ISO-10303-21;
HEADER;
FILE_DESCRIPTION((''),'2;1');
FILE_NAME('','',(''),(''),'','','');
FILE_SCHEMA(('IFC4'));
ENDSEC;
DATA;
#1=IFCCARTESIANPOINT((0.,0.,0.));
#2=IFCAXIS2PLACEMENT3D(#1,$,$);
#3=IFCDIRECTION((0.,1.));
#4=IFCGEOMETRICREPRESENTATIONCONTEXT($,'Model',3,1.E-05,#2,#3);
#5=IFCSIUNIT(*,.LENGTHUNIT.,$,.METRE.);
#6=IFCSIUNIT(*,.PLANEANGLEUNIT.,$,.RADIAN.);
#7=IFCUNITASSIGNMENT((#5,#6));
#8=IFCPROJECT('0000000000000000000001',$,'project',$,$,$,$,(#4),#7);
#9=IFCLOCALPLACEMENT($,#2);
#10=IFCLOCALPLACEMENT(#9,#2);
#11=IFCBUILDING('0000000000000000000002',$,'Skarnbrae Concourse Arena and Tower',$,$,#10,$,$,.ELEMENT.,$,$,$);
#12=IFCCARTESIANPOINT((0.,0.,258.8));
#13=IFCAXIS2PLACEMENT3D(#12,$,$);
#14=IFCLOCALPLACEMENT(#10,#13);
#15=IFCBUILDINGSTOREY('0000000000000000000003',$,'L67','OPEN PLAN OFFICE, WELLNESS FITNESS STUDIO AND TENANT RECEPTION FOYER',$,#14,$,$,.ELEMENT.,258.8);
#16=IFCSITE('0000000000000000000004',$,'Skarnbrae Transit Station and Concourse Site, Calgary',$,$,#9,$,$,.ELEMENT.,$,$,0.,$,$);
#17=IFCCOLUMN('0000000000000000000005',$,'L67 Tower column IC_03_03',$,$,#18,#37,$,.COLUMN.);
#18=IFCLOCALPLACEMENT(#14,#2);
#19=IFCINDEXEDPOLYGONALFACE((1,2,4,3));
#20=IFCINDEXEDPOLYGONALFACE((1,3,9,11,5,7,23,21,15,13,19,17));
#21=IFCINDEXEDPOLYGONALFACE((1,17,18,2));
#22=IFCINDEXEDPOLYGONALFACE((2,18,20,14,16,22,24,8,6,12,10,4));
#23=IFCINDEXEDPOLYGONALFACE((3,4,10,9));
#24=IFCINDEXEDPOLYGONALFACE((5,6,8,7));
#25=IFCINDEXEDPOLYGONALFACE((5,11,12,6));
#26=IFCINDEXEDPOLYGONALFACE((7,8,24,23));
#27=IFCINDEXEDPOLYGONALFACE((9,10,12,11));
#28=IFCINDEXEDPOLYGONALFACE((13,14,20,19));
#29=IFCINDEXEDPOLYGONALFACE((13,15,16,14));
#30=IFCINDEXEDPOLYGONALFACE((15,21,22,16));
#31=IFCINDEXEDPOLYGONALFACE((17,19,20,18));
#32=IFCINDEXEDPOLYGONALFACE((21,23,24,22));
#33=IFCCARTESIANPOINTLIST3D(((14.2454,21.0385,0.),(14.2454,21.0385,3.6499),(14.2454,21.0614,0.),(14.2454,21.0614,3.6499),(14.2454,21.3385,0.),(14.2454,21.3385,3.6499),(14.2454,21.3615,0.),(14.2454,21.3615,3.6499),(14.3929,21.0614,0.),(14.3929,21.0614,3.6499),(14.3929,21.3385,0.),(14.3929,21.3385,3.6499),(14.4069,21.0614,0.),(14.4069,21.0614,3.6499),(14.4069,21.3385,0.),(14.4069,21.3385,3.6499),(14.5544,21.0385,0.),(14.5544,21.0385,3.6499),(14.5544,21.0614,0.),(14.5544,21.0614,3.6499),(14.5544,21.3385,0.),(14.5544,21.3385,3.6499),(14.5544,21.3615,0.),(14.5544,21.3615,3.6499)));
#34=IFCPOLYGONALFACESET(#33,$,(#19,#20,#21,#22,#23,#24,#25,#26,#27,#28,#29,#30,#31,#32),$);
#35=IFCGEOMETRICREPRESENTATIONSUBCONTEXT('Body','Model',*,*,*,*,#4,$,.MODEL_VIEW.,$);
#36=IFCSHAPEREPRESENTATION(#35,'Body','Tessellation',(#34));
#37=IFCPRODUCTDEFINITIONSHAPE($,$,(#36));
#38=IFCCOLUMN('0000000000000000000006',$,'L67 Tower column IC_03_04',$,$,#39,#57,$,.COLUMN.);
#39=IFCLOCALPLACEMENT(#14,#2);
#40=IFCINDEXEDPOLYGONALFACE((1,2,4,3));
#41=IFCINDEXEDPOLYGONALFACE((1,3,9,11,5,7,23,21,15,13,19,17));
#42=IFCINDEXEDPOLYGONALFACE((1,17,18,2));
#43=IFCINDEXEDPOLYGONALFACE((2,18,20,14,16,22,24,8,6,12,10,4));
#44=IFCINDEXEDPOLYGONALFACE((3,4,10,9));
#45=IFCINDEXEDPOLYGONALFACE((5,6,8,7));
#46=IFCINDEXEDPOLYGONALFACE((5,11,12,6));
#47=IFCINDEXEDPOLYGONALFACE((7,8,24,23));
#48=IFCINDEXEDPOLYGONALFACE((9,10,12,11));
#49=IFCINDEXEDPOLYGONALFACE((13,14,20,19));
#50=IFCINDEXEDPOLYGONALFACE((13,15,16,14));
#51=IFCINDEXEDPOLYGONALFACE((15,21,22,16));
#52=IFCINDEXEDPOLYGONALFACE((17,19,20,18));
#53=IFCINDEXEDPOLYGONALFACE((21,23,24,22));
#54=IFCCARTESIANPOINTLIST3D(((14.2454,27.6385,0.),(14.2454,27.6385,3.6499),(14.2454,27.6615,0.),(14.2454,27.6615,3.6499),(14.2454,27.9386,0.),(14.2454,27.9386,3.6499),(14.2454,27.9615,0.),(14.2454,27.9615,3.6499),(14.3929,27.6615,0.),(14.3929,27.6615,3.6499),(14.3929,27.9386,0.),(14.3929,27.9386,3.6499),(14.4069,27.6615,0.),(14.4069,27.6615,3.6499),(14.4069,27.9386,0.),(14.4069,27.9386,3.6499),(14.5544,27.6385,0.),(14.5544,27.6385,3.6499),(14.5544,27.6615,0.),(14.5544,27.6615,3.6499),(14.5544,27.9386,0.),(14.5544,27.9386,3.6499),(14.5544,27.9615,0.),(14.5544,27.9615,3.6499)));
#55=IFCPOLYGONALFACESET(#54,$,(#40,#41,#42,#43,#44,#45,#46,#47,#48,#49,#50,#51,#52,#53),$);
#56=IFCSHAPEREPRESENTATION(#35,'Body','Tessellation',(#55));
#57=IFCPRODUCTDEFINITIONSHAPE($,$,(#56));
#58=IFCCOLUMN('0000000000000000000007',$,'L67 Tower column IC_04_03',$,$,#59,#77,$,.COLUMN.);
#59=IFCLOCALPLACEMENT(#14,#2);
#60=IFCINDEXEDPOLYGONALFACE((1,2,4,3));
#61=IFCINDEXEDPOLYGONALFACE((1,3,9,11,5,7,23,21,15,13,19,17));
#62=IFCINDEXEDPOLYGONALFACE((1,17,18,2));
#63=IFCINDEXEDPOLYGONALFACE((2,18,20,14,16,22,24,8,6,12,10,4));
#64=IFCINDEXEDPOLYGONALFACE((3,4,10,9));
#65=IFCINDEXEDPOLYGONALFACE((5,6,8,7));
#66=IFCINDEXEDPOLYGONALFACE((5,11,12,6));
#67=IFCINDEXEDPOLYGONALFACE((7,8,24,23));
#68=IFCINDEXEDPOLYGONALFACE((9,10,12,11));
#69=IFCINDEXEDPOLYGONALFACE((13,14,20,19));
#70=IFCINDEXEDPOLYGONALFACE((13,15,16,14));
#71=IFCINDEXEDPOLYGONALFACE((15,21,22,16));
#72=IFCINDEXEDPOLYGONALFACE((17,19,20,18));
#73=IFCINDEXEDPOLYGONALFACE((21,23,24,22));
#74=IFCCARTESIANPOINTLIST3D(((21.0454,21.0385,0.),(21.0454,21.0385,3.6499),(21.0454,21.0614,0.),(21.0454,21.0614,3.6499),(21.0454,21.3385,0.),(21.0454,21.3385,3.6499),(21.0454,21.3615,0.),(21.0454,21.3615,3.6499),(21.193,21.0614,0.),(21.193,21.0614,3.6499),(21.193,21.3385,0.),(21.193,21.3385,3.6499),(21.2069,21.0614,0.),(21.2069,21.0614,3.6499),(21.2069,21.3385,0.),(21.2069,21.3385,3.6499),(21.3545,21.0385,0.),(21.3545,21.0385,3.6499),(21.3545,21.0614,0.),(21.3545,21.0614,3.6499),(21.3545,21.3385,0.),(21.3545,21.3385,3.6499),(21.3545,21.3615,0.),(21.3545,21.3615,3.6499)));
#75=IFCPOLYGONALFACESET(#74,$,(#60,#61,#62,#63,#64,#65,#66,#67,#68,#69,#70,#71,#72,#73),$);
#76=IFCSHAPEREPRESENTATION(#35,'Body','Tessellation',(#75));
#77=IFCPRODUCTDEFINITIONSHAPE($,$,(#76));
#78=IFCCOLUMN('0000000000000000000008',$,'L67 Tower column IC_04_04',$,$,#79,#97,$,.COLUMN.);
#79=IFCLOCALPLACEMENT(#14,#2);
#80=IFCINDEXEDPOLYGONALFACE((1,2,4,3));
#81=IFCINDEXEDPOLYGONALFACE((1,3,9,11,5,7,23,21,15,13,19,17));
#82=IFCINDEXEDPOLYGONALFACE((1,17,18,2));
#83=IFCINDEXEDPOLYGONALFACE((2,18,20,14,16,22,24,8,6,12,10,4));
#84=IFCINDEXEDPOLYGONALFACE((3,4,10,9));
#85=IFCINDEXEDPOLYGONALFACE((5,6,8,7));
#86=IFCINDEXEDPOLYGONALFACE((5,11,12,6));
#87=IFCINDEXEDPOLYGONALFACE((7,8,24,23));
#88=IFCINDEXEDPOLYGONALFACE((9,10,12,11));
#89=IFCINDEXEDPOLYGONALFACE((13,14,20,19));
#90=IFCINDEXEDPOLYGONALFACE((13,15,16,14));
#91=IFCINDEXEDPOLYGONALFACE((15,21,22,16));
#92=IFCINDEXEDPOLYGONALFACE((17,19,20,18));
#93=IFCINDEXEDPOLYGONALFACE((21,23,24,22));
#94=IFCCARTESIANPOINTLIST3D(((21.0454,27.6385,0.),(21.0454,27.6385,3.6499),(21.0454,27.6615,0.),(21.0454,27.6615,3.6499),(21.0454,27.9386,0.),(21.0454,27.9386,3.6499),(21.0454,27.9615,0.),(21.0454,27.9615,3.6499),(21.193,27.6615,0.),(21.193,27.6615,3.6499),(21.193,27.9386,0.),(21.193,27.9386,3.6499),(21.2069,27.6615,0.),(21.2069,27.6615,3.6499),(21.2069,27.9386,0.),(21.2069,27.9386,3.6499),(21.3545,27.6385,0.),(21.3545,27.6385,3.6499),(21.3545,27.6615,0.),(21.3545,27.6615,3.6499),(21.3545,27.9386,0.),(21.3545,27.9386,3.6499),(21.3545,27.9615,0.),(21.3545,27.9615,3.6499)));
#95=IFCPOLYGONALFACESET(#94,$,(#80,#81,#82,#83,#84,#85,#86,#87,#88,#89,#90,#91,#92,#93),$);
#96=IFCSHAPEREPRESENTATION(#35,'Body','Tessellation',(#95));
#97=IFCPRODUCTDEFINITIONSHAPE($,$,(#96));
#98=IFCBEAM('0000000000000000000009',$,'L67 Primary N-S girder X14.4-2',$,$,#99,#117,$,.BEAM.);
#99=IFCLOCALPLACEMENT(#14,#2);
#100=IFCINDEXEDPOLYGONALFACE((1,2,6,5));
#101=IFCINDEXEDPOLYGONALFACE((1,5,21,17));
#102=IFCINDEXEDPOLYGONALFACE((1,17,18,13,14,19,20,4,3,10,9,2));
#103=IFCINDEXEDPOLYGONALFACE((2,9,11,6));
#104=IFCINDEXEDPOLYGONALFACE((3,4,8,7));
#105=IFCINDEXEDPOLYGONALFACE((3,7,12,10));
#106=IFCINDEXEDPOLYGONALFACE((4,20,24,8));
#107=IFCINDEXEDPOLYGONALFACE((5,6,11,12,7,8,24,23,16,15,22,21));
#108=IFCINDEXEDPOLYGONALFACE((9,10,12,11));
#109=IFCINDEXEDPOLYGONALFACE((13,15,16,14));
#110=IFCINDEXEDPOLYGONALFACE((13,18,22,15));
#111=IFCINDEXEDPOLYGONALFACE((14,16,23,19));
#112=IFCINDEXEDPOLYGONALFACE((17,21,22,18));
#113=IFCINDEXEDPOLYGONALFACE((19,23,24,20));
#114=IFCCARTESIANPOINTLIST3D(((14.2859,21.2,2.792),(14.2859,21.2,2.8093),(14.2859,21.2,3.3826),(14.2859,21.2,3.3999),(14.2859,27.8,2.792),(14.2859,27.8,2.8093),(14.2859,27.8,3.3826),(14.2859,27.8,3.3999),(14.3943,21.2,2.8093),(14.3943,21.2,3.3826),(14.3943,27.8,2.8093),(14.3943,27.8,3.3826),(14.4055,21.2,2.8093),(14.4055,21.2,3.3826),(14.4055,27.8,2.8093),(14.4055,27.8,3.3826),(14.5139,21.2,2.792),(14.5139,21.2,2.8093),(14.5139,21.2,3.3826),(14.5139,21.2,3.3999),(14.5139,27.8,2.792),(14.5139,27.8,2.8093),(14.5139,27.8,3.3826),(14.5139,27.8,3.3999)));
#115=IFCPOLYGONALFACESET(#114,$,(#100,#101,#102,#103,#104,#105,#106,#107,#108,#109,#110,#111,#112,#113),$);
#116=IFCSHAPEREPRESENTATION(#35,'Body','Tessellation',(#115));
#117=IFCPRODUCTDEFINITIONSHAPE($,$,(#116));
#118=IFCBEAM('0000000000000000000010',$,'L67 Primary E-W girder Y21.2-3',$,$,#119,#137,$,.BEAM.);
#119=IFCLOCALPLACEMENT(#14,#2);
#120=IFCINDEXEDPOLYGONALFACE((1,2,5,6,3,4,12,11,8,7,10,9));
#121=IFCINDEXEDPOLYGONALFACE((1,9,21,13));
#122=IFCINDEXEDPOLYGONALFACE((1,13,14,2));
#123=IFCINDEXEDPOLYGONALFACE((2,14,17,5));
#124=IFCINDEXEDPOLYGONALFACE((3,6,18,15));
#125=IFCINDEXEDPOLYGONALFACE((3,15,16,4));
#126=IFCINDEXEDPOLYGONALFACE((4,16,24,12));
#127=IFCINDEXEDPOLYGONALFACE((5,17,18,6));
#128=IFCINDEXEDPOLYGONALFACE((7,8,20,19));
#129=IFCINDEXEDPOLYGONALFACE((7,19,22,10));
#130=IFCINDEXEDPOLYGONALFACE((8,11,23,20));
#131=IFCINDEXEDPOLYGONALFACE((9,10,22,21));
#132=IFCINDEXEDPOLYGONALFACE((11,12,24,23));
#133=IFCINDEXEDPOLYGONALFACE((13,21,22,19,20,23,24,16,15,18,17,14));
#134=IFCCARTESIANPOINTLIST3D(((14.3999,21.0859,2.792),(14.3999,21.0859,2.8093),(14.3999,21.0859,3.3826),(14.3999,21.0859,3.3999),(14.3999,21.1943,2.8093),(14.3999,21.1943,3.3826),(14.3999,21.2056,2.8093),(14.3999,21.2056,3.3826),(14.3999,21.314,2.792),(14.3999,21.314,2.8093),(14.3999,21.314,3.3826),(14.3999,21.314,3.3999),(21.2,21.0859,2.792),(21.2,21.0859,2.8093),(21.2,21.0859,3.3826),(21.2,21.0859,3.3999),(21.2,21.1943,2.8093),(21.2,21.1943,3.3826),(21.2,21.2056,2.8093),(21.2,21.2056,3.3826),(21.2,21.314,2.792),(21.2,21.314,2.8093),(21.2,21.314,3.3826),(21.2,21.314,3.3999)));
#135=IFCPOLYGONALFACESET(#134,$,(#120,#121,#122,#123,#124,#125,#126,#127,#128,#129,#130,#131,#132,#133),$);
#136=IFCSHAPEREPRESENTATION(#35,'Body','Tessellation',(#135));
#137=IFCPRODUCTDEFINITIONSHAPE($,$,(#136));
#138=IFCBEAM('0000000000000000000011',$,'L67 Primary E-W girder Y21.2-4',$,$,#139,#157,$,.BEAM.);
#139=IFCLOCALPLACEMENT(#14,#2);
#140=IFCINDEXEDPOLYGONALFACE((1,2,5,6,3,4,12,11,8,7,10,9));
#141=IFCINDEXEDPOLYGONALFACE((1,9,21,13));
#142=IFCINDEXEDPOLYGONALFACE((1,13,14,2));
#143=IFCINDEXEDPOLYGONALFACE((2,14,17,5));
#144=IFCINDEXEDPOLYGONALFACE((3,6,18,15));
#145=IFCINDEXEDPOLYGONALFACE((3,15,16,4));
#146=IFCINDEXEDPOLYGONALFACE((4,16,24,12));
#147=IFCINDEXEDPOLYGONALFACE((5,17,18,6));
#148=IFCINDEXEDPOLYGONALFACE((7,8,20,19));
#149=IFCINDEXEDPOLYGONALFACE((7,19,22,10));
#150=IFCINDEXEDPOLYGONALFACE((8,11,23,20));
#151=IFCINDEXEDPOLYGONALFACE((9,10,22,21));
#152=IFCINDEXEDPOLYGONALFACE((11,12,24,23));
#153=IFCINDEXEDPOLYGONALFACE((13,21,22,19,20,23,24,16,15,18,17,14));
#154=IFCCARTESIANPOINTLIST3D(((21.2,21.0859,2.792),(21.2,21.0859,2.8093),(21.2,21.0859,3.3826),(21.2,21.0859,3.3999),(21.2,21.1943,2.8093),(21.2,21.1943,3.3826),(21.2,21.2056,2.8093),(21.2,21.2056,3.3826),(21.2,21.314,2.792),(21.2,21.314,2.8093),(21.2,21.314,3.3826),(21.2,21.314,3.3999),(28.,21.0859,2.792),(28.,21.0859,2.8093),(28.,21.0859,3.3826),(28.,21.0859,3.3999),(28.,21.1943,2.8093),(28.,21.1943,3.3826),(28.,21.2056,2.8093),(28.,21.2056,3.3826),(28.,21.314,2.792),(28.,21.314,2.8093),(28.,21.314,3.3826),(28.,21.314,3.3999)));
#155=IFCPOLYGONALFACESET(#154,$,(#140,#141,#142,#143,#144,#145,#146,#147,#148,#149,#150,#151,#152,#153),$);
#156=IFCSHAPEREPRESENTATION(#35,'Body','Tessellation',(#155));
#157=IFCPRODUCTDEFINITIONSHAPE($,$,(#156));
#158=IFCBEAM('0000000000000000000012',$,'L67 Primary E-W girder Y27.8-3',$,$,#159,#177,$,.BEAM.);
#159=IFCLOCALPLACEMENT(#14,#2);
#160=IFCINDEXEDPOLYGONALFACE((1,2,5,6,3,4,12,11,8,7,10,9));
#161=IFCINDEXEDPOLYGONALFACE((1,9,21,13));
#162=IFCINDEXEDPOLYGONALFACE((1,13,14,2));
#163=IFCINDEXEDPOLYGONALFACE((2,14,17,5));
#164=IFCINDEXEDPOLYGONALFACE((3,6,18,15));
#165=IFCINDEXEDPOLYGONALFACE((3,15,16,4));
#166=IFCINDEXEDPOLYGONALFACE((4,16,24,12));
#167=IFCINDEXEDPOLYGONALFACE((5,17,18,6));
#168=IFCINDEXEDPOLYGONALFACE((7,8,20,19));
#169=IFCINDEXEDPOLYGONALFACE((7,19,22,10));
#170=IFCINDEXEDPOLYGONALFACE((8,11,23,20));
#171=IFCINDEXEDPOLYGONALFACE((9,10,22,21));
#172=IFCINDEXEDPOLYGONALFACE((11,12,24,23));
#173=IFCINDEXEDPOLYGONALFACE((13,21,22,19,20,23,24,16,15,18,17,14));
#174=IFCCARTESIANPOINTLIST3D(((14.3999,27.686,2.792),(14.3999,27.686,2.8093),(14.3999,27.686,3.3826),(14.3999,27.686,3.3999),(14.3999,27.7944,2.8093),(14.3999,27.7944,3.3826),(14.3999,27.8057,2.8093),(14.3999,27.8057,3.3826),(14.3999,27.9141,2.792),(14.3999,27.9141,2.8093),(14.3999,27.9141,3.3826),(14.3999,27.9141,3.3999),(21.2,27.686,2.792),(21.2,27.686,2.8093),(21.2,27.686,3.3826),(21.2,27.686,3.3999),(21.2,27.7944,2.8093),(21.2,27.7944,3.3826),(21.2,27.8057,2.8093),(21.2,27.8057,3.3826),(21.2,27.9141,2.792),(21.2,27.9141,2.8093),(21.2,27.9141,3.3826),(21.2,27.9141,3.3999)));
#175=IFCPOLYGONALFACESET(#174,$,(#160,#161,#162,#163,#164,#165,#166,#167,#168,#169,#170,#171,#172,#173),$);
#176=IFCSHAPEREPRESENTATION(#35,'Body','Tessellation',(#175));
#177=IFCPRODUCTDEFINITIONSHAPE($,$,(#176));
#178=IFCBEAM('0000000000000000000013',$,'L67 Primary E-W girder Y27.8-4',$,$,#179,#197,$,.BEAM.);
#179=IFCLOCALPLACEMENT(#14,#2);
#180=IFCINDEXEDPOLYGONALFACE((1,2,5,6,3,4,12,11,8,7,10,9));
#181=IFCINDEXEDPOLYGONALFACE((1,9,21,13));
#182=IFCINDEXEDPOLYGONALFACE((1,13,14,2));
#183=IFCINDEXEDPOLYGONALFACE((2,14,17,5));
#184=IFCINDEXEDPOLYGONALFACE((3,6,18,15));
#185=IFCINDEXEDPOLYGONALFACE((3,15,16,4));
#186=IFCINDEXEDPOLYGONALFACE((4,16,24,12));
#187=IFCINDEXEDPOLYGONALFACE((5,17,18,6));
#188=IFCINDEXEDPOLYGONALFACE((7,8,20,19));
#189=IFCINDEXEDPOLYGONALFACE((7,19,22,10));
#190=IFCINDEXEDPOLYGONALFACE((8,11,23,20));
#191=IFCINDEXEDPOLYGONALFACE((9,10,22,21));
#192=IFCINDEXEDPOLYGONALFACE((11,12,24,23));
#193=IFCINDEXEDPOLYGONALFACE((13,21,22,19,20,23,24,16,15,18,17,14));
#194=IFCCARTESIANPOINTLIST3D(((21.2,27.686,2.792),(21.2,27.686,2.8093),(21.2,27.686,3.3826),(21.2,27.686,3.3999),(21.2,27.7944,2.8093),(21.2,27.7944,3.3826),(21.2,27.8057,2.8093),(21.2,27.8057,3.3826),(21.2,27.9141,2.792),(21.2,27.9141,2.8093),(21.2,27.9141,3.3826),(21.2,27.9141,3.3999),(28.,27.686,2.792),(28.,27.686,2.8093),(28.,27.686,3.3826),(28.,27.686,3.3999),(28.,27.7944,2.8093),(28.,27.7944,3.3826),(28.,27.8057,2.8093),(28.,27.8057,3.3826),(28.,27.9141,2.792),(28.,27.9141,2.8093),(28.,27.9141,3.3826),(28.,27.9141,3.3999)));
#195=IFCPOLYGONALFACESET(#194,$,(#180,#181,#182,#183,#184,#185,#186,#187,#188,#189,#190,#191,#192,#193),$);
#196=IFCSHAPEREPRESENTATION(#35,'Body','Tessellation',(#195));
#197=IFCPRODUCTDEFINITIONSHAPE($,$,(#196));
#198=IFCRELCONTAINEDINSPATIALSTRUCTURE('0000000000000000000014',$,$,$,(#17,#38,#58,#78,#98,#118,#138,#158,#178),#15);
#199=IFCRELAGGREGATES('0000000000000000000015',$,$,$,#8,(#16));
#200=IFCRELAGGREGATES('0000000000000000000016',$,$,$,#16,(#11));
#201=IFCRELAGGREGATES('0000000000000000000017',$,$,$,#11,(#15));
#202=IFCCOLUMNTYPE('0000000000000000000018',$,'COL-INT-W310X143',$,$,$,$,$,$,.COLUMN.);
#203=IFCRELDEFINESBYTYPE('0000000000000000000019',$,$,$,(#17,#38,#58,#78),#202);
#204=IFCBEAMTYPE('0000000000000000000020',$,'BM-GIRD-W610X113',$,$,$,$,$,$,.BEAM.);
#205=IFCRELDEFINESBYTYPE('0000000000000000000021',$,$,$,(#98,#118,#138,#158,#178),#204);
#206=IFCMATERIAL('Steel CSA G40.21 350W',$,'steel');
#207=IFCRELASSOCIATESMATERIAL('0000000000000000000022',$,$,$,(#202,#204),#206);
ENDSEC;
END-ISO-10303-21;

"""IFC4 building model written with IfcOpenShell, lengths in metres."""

from ifc_helpers import new_model, si_unit, direction, frame, origin, origin_2d, place, context, subcontext, project, spatial, i_section, extrude, source, transform, mapped, material, material_profile, profile_set, type_object, element, save


model = new_model("IFC4")

# Units and contexts
model_context = context("Model", 3, precision=1e-05, world=origin(), true_north=direction((0.0, 1.0)))
body_context = subcontext(model_context, "Body", "Model", "MODEL_VIEW")
ifc_project = project(units=[si_unit("LENGTHUNIT", "METRE"), si_unit("PLANEANGLEUNIT", "RADIAN")], contexts=[model_context])

# Site, building, storey
site_placement = place(None, origin())
site = spatial("IfcSite", under=ifc_project, at=site_placement, Name="Skarnbrae Transit Station and Concourse Site, Calgary", CompositionType="ELEMENT", RefElevation=0.0)
building_placement = place(site_placement, origin())
building = spatial("IfcBuilding", under=site, at=building_placement, Name="Skarnbrae Concourse Arena and Tower", CompositionType="ELEMENT")
storey_placement = place(building_placement, frame((0.0, 0.0, 258.8)))
storey = spatial("IfcBuildingStorey", under=building, at=storey_placement, Name="L67", Description="OPEN PLAN OFFICE, WELLNESS FITNESS STUDIO AND TENANT RECEPTION FOYER", CompositionType="ELEMENT", Elevation=258.8)

# Columns
ifc_material_1 = material(Name="Steel CSA G40.21 350W", Category="steel")
ifc_material_profile_1 = material_profile(ifc_material_1, i_section(OverallWidth=0.3091, OverallDepth=0.323, WebThickness=0.0139, FlangeThickness=0.0229, at=origin_2d()), Name="W310X143")
ifc_profile_set_1 = profile_set([ifc_material_profile_1], Name="Steel CSA G40.21 350W")
column_type = type_object("IfcColumnType", Name="COL-INT-W310X143", PredefinedType="COLUMN", material=ifc_profile_set_1)
shared_shape_1 = source(origin(), body_context, "Body", "SweptSolid", [
    extrude(i_section(OverallWidth=0.3091, OverallDepth=0.323, WebThickness=0.0139, FlangeThickness=0.0229, at=origin_2d()), origin(), (0.0, 0.0, 1.0), 3.6499),
])
for number, where, z_axis, x_axis, name in (
    (1, (14.3999, 21.2, 0.0), (0.0, 0.0, 1.0), (1.0, 0.0, 0.0), "L67 Tower column IC_03_03"),
    (2, (14.3999, 27.8, 0.0), (0.0, 0.0, 1.0), (1.0, 0.0, 0.0), "L67 Tower column IC_03_04"),
    (3, (21.2, 21.2, 0.0), (0.0, 0.0, 1.0), (1.0, 0.0, 0.0), "L67 Tower column IC_04_03"),
    (4, (21.2, 27.8, 0.0), (0.0, 0.0, 1.0), (1.0, 0.0, 0.0), "L67 Tower column IC_04_04"),
):
    element("IfcColumn", number, at=place(storey_placement, frame(where, z_axis=z_axis, x_axis=x_axis)), inside=storey, type_object=column_type, Name=name, PredefinedType="COLUMN", context=body_context, shape_type="MappedRepresentation", body=[
        mapped(shared_shape_1, transform((0.0, 0.0, 0.0))),
    ])

# Beams
ifc_material_profile_2 = material_profile(ifc_material_1, i_section(OverallWidth=0.228, OverallDepth=0.6079, WebThickness=0.0112, FlangeThickness=0.0173, at=origin_2d()), Name="W610X113")
ifc_profile_set_2 = profile_set([ifc_material_profile_2], Name="Steel CSA G40.21 350W")
beam_type_1 = type_object("IfcBeamType", Name="BM-GIRD-W610X113", PredefinedType="BEAM", material=ifc_profile_set_2)
shared_shape_2 = source(origin(), body_context, "Body", "SweptSolid", [
    extrude(i_section(OverallWidth=0.228, OverallDepth=0.6079, WebThickness=0.0112, FlangeThickness=0.0173, at=origin_2d()), origin(), (0.0, 0.0, 1.0), 6.6001),
])
beam_1_placement = place(storey_placement, frame((14.3999, 21.2, 3.0959), z_axis=(0.0, 1.0, 0.0), x_axis=(-1.0, 0.0, 0.0)))
element("IfcBeam", 5, at=beam_1_placement, inside=storey, type_object=beam_type_1, Name="L67 Primary N-S girder X14.4-2", PredefinedType="BEAM", context=body_context, shape_type="MappedRepresentation", body=[
    mapped(shared_shape_2, transform((0.0, 0.0, 0.0))),
])
shared_shape_3 = source(origin(), body_context, "Body", "SweptSolid", [
    extrude(i_section(OverallWidth=0.228, OverallDepth=0.6079, WebThickness=0.0112, FlangeThickness=0.0173, at=origin_2d()), origin(), (0.0, 0.0, 1.0), 6.8),
])
for number, where, z_axis, x_axis, name in (
    (6, (14.3999, 21.2, 3.0959), (1.0, 0.0, 0.0), (0.0, 1.0, 0.0), "L67 Primary E-W girder Y21.2-3"),
    (7, (21.2, 21.2, 3.0959), (1.0, 0.0, 0.0), (0.0, 1.0, 0.0), "L67 Primary E-W girder Y21.2-4"),
    (8, (14.3999, 27.8, 3.0959), (1.0, 0.0, 0.0), (0.0, 1.0, 0.0), "L67 Primary E-W girder Y27.8-3"),
    (9, (21.2, 27.8, 3.0959), (1.0, 0.0, 0.0), (0.0, 1.0, 0.0), "L67 Primary E-W girder Y27.8-4"),
):
    element("IfcBeam", number, at=place(storey_placement, frame(where, z_axis=z_axis, x_axis=x_axis)), inside=storey, type_object=beam_type_1, Name=name, PredefinedType="BEAM", context=body_context, shape_type="MappedRepresentation", body=[
        mapped(shared_shape_3, transform((0.0, 0.0, 0.0))),
    ])

save(model, "model.ifc")
